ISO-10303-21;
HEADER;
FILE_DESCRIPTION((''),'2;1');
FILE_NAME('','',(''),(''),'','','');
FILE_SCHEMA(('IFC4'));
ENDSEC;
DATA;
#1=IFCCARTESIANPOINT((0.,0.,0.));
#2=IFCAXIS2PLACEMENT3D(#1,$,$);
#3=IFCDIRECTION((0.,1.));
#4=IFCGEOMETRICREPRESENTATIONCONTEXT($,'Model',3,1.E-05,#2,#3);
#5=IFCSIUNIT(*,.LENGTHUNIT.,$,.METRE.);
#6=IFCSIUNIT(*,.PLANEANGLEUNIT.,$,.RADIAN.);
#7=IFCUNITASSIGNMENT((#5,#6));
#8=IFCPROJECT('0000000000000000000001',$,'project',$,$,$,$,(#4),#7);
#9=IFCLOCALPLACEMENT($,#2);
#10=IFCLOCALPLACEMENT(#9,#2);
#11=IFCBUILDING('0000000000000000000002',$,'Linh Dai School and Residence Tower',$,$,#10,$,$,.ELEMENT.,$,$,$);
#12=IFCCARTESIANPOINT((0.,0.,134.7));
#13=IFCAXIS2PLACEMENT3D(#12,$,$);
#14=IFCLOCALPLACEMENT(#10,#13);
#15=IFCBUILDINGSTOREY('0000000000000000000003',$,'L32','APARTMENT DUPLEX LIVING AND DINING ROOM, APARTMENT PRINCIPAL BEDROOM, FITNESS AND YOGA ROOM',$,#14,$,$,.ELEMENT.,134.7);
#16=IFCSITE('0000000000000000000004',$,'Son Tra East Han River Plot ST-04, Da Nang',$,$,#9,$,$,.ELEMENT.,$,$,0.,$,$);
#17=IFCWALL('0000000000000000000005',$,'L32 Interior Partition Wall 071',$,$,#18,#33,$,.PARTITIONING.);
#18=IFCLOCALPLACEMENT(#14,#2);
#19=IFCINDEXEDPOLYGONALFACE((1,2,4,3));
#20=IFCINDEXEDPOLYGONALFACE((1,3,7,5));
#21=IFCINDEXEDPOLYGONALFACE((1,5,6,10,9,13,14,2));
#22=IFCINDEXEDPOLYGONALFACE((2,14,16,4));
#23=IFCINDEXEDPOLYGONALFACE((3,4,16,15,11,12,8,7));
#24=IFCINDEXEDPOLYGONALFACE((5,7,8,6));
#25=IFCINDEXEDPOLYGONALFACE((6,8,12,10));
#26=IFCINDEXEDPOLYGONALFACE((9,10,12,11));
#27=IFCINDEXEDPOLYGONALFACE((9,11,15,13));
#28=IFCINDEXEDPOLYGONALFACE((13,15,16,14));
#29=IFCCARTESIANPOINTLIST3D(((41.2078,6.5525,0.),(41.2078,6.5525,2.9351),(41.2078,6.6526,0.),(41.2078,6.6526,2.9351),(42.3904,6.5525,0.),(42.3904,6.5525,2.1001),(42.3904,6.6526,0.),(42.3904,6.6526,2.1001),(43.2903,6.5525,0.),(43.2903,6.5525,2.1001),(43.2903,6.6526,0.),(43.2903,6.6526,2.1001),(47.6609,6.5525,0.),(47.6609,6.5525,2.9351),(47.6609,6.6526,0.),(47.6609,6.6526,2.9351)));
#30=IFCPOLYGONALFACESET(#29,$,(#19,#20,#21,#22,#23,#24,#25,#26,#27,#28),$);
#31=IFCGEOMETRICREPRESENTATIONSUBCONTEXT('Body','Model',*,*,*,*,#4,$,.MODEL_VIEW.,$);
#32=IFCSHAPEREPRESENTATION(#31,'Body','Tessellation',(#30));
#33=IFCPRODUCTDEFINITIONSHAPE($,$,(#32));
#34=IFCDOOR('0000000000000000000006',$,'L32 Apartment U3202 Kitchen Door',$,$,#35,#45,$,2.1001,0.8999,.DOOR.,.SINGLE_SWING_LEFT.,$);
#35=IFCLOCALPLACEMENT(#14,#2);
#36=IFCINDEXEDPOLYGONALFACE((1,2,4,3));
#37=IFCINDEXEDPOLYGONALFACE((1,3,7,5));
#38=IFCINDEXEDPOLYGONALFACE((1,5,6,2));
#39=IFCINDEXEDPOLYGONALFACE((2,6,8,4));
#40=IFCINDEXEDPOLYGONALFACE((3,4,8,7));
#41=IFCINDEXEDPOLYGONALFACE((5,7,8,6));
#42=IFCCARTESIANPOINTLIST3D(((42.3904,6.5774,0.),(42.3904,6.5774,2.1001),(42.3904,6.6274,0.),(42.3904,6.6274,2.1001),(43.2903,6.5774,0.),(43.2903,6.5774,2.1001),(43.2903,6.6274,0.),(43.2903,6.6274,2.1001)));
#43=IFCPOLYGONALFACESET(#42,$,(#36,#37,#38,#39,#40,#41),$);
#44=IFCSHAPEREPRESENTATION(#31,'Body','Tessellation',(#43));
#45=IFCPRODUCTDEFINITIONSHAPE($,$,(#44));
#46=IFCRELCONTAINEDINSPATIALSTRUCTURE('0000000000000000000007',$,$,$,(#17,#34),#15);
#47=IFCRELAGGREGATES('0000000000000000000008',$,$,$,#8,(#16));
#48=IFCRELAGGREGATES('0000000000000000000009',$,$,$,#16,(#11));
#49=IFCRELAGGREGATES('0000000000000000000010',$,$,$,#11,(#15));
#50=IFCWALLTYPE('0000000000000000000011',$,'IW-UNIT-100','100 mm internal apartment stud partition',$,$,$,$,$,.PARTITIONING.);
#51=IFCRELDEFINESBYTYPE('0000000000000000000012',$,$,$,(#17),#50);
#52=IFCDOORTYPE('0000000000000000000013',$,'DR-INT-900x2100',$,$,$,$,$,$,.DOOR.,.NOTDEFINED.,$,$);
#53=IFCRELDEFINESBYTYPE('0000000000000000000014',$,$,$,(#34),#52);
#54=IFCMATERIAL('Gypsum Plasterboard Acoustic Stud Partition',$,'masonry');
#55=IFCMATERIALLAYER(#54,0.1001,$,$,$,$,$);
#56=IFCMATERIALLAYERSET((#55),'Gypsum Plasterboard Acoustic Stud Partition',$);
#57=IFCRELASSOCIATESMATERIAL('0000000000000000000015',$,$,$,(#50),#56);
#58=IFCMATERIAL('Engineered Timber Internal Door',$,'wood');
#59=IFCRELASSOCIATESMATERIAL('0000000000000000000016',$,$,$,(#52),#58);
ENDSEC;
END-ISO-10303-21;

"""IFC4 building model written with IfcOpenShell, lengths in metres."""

from ifc_helpers import new_model, si_unit, direction, frame, frame_2d, origin, origin_2d, place, context, subcontext, project, spatial, rectangle, extrude, source, transform, mapped, material, layer, layer_set, type_object, element, fill, save


model = new_model("IFC4")

# Units and contexts
model_context = context("Model", 3, precision=1e-05, world=origin(), true_north=direction((0.0, 1.0)))
body_context = subcontext(model_context, "Body", "Model", "MODEL_VIEW")
ifc_project = project(units=[si_unit("LENGTHUNIT", "METRE"), si_unit("PLANEANGLEUNIT", "RADIAN")], contexts=[model_context])

# Site, building, storey
site_placement = place(None, origin())
site = spatial("IfcSite", under=ifc_project, at=site_placement, Name="Son Tra East Han River Plot ST-04, Da Nang", CompositionType="ELEMENT", RefElevation=0.0)
building_placement = place(site_placement, origin())
building = spatial("IfcBuilding", under=site, at=building_placement, Name="Linh Dai School and Residence Tower", CompositionType="ELEMENT")
storey_placement = place(building_placement, frame((0.0, 0.0, 134.7)))
storey = spatial("IfcBuildingStorey", under=building, at=storey_placement, Name="L32", Description="APARTMENT DUPLEX LIVING AND DINING ROOM, APARTMENT PRINCIPAL BEDROOM, FITNESS AND YOGA ROOM", CompositionType="ELEMENT", Elevation=134.7)

# Shared definitions
ifc_material_1 = material(Name="Gypsum Plasterboard Acoustic Stud Partition", Category="masonry")
ifc_layer_1 = layer(ifc_material_1, 0.1001)
ifc_layer_set_1 = layer_set([ifc_layer_1], Name="Gypsum Plasterboard Acoustic Stud Partition")
wall_type_1 = type_object("IfcWallType", Name="IW-UNIT-100", Description="100 mm internal apartment stud partition", PredefinedType="PARTITIONING", material=ifc_layer_set_1)

# Wall, opening, door
ifc_material_2 = material(Name="Engineered Timber Internal Door", Category="wood")
door_type_1 = type_object("IfcDoorType", Name="DR-INT-900x2100", OperationType="NOTDEFINED", PredefinedType="DOOR", material=ifc_material_2)
shared_shape_1 = source(origin(), body_context, "Body", "SweptSolid", [
    extrude(rectangle(XDim=0.8999, YDim=2.1001, at=origin_2d()), frame((0.45, 0.0249, 1.05), z_axis=(0.0, -1.0, 0.0), x_axis=(1.0, 0.0, 0.0)), (0.0, 0.0, 1.0), 0.05),
])
wall_1_placement = place(storey_placement, frame((41.2078, 6.6025, 0.0), z_axis=(0.0, 0.0, 1.0), x_axis=(1.0, 0.0, 0.0)))
wall_1 = element("IfcWall", 1, at=wall_1_placement, inside=storey, type_object=wall_type_1, Name="L32 Interior Partition Wall 071", PredefinedType="PARTITIONING", context=body_context, shape_type="SweptSolid", body=[
    extrude(rectangle(XDim=6.4531, YDim=0.1001, at=frame_2d((3.2266, 0.0))), origin(), (0.0, 0.0, 1.0), 2.9351),
])
opening_1_placement = place(wall_1_placement, frame((1.1826, 0.0, 0.0)))
opening_1 = element("IfcOpeningElement", 2, at=opening_1_placement, cuts=wall_1, PredefinedType="OPENING", context=body_context, shape_type="SweptSolid", body=[
    extrude(rectangle(XDim=0.8999, YDim=2.1001, at=origin_2d()), frame((0.45, 0.0601, 1.05), z_axis=(0.0, -1.0, 0.0), x_axis=(1.0, 0.0, 0.0)), (0.0, 0.0, 1.0), 0.1201),
])
door_1_placement = place(opening_1_placement, origin())
door_1 = element("IfcDoor", 3, at=door_1_placement, inside=storey, type_object=door_type_1, Name="L32 Apartment U3202 Kitchen Door", OperationType="SINGLE_SWING_LEFT", OverallHeight=2.1001, OverallWidth=0.8999, PredefinedType="DOOR", context=body_context, shape_type="MappedRepresentation", body=[
    mapped(shared_shape_1, transform((0.0, 0.0, 0.0), x_axis=(1.0, 0.0, 0.0), y_axis=(0.0, 1.0, 0.0), z_axis=(0.0, 0.0, 1.0), scale=1.0)),
])
fill(opening_1, door_1)

save(model, "model.ifc")
